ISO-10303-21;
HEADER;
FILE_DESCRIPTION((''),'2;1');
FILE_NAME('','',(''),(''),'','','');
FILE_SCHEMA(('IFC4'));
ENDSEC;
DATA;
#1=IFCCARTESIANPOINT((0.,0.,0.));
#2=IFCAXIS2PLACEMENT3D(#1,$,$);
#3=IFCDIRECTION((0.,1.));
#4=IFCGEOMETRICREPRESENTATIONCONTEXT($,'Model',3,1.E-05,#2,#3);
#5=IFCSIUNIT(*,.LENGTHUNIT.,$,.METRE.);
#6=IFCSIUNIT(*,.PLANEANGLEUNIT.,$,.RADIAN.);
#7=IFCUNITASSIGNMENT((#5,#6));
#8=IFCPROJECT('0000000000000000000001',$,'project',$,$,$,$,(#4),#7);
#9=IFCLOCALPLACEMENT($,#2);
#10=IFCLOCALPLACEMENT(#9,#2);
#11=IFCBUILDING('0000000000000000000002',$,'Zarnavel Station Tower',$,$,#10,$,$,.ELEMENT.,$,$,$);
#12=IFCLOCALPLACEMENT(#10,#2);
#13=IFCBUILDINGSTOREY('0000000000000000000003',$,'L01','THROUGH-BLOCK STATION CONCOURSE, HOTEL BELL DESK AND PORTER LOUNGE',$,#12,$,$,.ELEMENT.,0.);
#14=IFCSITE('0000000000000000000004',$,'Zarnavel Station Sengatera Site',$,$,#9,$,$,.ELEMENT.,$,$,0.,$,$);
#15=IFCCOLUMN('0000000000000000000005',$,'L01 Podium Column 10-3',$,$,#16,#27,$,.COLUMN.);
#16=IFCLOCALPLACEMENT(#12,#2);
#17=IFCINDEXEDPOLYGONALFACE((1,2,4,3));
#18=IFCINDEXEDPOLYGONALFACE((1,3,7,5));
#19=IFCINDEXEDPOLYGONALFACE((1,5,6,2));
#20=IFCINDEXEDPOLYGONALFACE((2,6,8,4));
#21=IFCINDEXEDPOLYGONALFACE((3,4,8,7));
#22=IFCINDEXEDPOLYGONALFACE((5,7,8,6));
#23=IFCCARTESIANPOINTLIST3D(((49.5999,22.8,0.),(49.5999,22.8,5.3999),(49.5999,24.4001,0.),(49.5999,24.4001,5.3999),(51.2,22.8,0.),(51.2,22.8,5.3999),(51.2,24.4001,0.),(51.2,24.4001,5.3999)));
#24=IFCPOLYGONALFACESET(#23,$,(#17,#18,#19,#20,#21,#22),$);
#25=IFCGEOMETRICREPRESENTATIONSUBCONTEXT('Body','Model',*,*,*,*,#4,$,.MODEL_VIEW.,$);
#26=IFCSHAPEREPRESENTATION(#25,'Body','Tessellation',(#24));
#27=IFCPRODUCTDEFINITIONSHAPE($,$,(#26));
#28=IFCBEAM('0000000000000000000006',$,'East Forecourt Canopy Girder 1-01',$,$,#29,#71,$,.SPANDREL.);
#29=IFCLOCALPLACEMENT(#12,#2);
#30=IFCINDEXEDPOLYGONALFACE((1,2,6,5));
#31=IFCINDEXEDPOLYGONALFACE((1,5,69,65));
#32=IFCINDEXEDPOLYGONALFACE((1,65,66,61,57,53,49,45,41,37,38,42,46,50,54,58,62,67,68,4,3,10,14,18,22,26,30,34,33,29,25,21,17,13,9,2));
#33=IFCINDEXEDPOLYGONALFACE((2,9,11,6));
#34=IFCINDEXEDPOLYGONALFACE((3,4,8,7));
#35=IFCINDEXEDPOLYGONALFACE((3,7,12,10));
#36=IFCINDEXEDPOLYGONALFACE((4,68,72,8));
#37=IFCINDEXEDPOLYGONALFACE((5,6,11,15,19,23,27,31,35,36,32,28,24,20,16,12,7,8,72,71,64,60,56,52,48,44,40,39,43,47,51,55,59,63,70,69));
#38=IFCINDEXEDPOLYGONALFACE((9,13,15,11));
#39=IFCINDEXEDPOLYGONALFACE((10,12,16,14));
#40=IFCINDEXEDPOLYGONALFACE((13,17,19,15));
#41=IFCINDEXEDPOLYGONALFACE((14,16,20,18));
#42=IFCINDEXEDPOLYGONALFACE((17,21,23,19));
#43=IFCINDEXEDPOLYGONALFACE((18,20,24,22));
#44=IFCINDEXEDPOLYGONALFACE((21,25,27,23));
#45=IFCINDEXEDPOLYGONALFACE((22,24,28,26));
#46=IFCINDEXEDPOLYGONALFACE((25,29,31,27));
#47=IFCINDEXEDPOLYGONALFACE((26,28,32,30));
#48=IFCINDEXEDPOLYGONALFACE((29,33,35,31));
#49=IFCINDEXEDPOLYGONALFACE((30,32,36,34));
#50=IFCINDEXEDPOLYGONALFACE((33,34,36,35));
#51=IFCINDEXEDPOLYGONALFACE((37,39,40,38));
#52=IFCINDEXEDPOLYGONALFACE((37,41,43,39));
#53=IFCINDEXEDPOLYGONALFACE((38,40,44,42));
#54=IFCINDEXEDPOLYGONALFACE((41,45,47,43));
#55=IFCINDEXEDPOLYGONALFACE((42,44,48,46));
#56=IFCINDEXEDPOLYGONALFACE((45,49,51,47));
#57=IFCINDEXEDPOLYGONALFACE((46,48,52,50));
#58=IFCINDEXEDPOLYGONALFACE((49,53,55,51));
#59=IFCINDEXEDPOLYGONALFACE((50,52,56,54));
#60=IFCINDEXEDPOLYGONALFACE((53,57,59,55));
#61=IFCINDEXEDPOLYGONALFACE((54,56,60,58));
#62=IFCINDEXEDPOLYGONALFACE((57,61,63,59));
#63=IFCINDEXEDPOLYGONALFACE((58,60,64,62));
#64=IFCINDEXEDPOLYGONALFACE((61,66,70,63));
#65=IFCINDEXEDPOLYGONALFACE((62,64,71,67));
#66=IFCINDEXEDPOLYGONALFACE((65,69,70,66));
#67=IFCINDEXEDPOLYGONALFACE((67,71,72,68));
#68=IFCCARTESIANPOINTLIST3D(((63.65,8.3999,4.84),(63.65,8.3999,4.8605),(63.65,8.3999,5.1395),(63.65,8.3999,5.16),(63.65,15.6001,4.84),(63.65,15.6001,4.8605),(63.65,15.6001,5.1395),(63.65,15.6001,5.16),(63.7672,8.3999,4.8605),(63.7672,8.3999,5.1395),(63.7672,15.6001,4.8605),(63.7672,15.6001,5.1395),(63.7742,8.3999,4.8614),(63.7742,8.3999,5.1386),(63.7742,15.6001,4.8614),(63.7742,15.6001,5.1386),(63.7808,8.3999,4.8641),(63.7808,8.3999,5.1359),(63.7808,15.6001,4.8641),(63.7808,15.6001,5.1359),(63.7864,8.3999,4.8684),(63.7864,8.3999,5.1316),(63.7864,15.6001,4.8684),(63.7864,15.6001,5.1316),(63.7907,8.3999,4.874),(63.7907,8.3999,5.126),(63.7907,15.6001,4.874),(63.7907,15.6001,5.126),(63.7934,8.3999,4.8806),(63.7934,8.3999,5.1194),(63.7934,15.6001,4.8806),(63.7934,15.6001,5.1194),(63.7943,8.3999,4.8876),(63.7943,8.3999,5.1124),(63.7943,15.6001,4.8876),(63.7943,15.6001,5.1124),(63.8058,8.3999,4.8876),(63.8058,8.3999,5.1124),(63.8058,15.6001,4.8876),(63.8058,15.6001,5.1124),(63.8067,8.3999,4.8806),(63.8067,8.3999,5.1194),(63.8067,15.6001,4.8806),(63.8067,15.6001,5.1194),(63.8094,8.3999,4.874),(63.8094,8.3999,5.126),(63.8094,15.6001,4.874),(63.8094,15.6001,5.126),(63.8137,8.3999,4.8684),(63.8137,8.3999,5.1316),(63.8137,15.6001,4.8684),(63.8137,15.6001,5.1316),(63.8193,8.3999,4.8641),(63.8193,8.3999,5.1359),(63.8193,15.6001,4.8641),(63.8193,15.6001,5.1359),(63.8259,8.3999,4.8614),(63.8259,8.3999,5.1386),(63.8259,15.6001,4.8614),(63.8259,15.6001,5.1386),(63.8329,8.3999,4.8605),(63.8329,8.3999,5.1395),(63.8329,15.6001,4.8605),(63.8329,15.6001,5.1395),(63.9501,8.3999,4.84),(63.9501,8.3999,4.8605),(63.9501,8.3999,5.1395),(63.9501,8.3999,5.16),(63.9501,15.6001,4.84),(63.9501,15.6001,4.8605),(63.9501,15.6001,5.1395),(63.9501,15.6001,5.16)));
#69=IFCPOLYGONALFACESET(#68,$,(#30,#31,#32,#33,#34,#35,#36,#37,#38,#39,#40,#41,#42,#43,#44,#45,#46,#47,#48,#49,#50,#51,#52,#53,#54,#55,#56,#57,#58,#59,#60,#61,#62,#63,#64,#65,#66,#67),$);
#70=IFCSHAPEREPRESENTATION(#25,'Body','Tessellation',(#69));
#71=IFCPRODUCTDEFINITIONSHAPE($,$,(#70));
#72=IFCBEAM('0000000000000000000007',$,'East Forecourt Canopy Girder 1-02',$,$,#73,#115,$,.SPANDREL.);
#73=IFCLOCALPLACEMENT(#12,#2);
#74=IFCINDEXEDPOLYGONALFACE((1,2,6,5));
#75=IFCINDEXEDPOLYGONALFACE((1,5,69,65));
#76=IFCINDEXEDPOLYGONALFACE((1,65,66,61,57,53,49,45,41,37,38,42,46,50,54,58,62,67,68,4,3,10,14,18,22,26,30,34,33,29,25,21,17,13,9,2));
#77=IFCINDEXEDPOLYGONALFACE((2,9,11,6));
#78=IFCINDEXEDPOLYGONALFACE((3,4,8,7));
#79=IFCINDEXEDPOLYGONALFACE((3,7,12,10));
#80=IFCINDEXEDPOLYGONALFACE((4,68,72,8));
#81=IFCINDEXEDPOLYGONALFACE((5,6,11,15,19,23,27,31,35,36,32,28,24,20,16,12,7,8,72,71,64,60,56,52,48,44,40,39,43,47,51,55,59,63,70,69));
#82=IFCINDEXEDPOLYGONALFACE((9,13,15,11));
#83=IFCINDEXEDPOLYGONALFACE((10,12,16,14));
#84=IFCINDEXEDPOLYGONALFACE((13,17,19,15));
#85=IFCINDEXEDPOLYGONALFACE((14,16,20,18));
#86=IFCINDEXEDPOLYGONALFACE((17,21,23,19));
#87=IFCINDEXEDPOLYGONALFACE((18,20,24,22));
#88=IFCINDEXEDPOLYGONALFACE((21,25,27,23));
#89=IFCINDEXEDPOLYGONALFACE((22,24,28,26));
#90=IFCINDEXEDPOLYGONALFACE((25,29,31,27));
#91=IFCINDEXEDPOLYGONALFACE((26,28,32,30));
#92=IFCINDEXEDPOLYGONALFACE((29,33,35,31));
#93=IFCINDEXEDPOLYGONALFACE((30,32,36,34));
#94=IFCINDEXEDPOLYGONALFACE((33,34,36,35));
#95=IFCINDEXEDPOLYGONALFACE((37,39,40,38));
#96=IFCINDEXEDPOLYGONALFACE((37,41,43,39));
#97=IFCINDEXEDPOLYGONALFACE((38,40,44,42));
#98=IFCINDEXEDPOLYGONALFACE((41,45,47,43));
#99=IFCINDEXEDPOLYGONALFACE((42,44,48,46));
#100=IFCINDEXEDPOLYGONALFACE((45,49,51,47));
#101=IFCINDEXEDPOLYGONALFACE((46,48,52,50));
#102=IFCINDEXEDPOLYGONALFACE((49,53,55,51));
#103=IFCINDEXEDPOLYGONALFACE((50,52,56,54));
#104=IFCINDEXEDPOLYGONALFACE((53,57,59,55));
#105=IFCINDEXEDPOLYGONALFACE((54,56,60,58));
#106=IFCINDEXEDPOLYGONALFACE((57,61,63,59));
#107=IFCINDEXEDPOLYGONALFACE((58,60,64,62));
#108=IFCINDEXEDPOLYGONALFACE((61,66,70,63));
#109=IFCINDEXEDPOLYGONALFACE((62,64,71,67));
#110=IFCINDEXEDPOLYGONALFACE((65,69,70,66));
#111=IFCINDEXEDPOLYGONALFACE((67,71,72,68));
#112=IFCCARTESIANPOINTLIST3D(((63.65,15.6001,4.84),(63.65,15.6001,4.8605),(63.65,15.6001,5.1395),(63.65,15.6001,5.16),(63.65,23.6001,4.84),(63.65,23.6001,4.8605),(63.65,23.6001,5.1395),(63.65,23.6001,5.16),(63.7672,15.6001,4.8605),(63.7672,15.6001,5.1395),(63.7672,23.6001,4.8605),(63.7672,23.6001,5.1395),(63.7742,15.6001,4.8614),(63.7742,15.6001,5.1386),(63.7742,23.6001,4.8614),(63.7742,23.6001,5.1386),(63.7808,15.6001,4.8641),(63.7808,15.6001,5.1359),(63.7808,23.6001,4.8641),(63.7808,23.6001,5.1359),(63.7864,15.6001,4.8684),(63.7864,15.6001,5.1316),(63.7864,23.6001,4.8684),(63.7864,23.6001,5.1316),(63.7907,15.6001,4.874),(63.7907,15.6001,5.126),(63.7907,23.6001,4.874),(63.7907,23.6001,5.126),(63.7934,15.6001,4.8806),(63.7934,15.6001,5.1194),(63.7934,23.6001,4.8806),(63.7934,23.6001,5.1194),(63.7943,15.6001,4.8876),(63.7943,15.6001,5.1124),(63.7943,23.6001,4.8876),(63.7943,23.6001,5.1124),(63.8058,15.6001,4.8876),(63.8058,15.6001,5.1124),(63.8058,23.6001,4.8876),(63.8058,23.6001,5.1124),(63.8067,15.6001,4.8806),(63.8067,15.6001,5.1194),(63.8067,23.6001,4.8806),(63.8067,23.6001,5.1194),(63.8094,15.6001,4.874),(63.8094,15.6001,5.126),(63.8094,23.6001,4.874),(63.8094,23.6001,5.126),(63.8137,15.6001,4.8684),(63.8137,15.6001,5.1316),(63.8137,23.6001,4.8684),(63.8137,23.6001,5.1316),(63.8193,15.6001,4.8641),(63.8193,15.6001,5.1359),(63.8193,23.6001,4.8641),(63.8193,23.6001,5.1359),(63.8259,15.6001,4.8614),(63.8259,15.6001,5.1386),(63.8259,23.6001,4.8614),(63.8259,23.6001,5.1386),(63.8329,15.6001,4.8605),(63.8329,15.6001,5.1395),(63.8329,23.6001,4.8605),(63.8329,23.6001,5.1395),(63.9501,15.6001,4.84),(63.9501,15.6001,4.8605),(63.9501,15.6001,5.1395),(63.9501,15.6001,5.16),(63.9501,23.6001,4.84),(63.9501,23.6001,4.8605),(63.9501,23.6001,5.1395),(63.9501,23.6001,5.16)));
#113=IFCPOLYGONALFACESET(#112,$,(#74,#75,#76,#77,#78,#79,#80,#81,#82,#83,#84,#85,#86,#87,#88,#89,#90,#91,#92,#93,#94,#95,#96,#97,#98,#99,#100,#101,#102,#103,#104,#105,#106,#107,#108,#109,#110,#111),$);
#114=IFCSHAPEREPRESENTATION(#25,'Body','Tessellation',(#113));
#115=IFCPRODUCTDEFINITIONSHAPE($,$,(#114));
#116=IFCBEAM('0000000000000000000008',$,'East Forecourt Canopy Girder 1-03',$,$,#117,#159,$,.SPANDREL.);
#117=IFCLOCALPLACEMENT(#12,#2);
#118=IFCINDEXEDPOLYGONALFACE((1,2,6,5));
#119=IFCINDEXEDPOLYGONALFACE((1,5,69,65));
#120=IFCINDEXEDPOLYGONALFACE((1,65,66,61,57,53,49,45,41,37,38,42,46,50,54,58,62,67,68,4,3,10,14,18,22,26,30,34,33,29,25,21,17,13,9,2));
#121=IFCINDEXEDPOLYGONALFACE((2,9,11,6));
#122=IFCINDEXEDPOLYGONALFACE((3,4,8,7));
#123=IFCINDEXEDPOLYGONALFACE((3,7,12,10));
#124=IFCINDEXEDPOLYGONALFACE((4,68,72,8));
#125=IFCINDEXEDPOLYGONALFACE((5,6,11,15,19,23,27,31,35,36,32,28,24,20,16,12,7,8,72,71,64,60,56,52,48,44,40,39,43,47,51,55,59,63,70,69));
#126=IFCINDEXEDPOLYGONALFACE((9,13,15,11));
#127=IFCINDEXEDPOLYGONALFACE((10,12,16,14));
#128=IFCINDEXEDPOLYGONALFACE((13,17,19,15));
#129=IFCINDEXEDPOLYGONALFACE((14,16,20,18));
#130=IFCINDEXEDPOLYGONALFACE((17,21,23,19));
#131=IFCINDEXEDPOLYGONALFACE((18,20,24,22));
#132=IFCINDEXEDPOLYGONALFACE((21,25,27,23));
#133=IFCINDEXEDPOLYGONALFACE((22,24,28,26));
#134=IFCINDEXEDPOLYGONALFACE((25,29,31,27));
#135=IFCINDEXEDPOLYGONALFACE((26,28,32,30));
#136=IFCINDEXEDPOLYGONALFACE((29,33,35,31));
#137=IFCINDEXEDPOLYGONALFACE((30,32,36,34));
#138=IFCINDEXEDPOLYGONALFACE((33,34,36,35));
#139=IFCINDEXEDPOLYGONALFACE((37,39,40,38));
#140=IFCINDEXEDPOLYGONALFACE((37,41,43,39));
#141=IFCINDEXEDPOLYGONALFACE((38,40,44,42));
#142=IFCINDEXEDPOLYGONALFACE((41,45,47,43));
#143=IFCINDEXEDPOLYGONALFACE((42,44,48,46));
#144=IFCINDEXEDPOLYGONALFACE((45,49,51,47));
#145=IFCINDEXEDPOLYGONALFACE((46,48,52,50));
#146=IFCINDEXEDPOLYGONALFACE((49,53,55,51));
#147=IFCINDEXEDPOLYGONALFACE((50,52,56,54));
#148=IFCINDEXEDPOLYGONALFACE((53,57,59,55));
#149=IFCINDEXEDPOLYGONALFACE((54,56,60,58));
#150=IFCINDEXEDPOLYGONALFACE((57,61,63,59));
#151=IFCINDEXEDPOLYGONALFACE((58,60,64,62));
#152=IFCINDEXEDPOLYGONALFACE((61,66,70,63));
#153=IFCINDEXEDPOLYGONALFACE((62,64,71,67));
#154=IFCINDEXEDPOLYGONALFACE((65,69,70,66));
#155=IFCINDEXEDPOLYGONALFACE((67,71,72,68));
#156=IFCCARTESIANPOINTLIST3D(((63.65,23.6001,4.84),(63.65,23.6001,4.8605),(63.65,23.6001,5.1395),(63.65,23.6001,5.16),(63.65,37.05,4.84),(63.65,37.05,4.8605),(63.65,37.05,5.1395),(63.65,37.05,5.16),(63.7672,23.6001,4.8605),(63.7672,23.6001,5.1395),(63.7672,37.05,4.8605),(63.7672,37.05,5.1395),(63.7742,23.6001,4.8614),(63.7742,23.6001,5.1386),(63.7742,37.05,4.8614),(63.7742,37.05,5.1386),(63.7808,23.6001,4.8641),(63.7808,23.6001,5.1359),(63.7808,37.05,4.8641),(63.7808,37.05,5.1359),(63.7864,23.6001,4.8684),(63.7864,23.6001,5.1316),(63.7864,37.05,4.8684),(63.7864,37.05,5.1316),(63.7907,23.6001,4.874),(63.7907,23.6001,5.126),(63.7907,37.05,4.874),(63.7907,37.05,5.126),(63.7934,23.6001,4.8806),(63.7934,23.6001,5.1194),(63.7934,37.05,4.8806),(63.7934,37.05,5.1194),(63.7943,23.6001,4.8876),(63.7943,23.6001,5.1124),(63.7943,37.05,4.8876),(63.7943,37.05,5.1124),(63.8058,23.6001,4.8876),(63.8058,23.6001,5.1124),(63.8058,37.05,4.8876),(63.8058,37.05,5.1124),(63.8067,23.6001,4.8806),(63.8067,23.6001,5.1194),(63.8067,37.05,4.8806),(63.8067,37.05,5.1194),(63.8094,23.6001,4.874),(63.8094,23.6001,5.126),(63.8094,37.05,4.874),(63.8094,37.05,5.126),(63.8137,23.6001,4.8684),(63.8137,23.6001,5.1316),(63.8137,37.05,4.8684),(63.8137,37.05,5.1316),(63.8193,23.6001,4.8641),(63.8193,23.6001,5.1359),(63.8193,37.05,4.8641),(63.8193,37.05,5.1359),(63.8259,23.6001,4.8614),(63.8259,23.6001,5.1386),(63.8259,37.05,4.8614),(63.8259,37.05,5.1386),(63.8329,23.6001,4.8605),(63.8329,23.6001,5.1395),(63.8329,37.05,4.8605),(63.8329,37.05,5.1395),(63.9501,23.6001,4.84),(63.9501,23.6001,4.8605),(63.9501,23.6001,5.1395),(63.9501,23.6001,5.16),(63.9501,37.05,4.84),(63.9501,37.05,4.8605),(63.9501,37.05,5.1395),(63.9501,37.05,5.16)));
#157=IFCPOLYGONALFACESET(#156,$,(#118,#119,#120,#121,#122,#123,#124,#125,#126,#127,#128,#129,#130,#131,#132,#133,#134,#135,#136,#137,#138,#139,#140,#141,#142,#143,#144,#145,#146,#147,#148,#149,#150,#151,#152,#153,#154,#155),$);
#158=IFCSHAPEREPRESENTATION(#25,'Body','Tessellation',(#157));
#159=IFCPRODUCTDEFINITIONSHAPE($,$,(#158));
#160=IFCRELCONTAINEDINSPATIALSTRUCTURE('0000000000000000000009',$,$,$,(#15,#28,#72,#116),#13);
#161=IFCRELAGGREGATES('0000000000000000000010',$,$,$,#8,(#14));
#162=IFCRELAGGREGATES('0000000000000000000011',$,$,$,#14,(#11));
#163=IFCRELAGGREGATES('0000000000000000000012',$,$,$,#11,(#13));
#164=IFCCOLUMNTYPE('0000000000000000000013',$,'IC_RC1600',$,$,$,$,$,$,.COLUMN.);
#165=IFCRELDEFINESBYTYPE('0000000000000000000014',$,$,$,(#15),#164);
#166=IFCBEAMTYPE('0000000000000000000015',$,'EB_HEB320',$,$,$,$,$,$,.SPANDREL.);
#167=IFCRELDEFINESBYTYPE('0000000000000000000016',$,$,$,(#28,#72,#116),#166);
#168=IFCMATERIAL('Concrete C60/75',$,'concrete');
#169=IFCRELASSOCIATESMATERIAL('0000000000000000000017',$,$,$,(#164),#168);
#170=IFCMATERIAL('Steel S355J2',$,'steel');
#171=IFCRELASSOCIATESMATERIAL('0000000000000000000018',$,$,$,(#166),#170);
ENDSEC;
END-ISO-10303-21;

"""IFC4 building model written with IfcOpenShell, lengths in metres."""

from ifc_helpers import new_model, si_unit, direction, frame, origin, origin_2d, place, context, subcontext, project, spatial, rectangle, i_section, extrude, material, material_profile, profile_set, type_object, element, save


model = new_model("IFC4")

# Units and contexts
model_context = context("Model", 3, precision=1e-05, world=origin(), true_north=direction((0.0, 1.0)))
body_context = subcontext(model_context, "Body", "Model", "MODEL_VIEW")
ifc_project = project(units=[si_unit("LENGTHUNIT", "METRE"), si_unit("PLANEANGLEUNIT", "RADIAN")], contexts=[model_context])

# Site, building, storey
site_placement = place(None, origin())
site = spatial("IfcSite", under=ifc_project, at=site_placement, Name="Zarnavel Station Sengatera Site", CompositionType="ELEMENT", RefElevation=0.0)
building_placement = place(site_placement, origin())
building = spatial("IfcBuilding", under=site, at=building_placement, Name="Zarnavel Station Tower", CompositionType="ELEMENT")
storey_placement = place(building_placement, origin())
storey = spatial("IfcBuildingStorey", under=building, at=storey_placement, Name="L01", Description="THROUGH-BLOCK STATION CONCOURSE, HOTEL BELL DESK AND PORTER LOUNGE", CompositionType="ELEMENT", Elevation=0.0)

# Column
ifc_material_1 = material(Name="Concrete C60/75", Category="concrete")
ifc_material_profile_1 = material_profile(ifc_material_1, rectangle(XDim=1.6001, YDim=1.6001, at=origin_2d()), Name="RC1600x1600")
ifc_profile_set_1 = profile_set([ifc_material_profile_1], Name="Concrete C60/75")
column_type_1 = type_object("IfcColumnType", Name="IC_RC1600", PredefinedType="COLUMN", material=ifc_profile_set_1)
for number, where, z_axis, x_axis, name in (
    (1, (50.3999, 23.6001, 0.0), (0.0, 0.0, 1.0), (1.0, 0.0, 0.0), "L01 Podium Column 10-3"),
):
    element("IfcColumn", number, at=place(storey_placement, frame(where, z_axis=z_axis, x_axis=x_axis)), inside=storey, type_object=column_type_1, Name=name, PredefinedType="COLUMN", context=body_context, shape_type="SweptSolid", body=[
        extrude(rectangle(XDim=1.6001, YDim=1.6001, at=origin_2d()), origin(), (0.0, 0.0, 1.0), 5.3999),
    ])

# Beams
ifc_material_2 = material(Name="Steel S355J2", Category="steel")
ifc_material_profile_2 = material_profile(ifc_material_2, i_section(OverallWidth=0.3, OverallDepth=0.3201, WebThickness=0.0115, FlangeThickness=0.0205, FilletRadius=0.0271, at=origin_2d()), Name="HEB320")
ifc_profile_set_2 = profile_set([ifc_material_profile_2], Name="Steel S355J2")
beam_type_1 = type_object("IfcBeamType", Name="EB_HEB320", PredefinedType="SPANDREL", material=ifc_profile_set_2)
beam_1_placement = place(storey_placement, frame((63.8, 8.3999, 5.0), z_axis=(0.0, 1.0, 0.0), x_axis=(-1.0, 0.0, 0.0)))
element("IfcBeam", 2, at=beam_1_placement, inside=storey, type_object=beam_type_1, Name="East Forecourt Canopy Girder 1-01", PredefinedType="SPANDREL", context=body_context, shape_type="SweptSolid", body=[
    extrude(i_section(OverallWidth=0.3, OverallDepth=0.3201, WebThickness=0.0115, FlangeThickness=0.0205, FilletRadius=0.0271, at=origin_2d()), origin(), (0.0, 0.0, 1.0), 7.2002),
])
beam_2_placement = place(storey_placement, frame((63.8, 15.6001, 5.0), z_axis=(0.0, 1.0, 0.0), x_axis=(-1.0, 0.0, 0.0)))
element("IfcBeam", 3, at=beam_2_placement, inside=storey, type_object=beam_type_1, Name="East Forecourt Canopy Girder 1-02", PredefinedType="SPANDREL", context=body_context, shape_type="SweptSolid", body=[
    extrude(i_section(OverallWidth=0.3, OverallDepth=0.3201, WebThickness=0.0115, FlangeThickness=0.0205, FilletRadius=0.0271, at=origin_2d()), origin(), (0.0, 0.0, 1.0), 8.0),
])
beam_3_placement = place(storey_placement, frame((63.8, 23.6001, 5.0), z_axis=(0.0, 1.0, 0.0), x_axis=(-1.0, 0.0, 0.0)))
element("IfcBeam", 4, at=beam_3_placement, inside=storey, type_object=beam_type_1, Name="East Forecourt Canopy Girder 1-03", PredefinedType="SPANDREL", context=body_context, shape_type="SweptSolid", body=[
    extrude(i_section(OverallWidth=0.3, OverallDepth=0.3201, WebThickness=0.0115, FlangeThickness=0.0205, FilletRadius=0.0271, at=origin_2d()), origin(), (0.0, 0.0, 1.0), 13.45),
])

save(model, "model.ifc")
